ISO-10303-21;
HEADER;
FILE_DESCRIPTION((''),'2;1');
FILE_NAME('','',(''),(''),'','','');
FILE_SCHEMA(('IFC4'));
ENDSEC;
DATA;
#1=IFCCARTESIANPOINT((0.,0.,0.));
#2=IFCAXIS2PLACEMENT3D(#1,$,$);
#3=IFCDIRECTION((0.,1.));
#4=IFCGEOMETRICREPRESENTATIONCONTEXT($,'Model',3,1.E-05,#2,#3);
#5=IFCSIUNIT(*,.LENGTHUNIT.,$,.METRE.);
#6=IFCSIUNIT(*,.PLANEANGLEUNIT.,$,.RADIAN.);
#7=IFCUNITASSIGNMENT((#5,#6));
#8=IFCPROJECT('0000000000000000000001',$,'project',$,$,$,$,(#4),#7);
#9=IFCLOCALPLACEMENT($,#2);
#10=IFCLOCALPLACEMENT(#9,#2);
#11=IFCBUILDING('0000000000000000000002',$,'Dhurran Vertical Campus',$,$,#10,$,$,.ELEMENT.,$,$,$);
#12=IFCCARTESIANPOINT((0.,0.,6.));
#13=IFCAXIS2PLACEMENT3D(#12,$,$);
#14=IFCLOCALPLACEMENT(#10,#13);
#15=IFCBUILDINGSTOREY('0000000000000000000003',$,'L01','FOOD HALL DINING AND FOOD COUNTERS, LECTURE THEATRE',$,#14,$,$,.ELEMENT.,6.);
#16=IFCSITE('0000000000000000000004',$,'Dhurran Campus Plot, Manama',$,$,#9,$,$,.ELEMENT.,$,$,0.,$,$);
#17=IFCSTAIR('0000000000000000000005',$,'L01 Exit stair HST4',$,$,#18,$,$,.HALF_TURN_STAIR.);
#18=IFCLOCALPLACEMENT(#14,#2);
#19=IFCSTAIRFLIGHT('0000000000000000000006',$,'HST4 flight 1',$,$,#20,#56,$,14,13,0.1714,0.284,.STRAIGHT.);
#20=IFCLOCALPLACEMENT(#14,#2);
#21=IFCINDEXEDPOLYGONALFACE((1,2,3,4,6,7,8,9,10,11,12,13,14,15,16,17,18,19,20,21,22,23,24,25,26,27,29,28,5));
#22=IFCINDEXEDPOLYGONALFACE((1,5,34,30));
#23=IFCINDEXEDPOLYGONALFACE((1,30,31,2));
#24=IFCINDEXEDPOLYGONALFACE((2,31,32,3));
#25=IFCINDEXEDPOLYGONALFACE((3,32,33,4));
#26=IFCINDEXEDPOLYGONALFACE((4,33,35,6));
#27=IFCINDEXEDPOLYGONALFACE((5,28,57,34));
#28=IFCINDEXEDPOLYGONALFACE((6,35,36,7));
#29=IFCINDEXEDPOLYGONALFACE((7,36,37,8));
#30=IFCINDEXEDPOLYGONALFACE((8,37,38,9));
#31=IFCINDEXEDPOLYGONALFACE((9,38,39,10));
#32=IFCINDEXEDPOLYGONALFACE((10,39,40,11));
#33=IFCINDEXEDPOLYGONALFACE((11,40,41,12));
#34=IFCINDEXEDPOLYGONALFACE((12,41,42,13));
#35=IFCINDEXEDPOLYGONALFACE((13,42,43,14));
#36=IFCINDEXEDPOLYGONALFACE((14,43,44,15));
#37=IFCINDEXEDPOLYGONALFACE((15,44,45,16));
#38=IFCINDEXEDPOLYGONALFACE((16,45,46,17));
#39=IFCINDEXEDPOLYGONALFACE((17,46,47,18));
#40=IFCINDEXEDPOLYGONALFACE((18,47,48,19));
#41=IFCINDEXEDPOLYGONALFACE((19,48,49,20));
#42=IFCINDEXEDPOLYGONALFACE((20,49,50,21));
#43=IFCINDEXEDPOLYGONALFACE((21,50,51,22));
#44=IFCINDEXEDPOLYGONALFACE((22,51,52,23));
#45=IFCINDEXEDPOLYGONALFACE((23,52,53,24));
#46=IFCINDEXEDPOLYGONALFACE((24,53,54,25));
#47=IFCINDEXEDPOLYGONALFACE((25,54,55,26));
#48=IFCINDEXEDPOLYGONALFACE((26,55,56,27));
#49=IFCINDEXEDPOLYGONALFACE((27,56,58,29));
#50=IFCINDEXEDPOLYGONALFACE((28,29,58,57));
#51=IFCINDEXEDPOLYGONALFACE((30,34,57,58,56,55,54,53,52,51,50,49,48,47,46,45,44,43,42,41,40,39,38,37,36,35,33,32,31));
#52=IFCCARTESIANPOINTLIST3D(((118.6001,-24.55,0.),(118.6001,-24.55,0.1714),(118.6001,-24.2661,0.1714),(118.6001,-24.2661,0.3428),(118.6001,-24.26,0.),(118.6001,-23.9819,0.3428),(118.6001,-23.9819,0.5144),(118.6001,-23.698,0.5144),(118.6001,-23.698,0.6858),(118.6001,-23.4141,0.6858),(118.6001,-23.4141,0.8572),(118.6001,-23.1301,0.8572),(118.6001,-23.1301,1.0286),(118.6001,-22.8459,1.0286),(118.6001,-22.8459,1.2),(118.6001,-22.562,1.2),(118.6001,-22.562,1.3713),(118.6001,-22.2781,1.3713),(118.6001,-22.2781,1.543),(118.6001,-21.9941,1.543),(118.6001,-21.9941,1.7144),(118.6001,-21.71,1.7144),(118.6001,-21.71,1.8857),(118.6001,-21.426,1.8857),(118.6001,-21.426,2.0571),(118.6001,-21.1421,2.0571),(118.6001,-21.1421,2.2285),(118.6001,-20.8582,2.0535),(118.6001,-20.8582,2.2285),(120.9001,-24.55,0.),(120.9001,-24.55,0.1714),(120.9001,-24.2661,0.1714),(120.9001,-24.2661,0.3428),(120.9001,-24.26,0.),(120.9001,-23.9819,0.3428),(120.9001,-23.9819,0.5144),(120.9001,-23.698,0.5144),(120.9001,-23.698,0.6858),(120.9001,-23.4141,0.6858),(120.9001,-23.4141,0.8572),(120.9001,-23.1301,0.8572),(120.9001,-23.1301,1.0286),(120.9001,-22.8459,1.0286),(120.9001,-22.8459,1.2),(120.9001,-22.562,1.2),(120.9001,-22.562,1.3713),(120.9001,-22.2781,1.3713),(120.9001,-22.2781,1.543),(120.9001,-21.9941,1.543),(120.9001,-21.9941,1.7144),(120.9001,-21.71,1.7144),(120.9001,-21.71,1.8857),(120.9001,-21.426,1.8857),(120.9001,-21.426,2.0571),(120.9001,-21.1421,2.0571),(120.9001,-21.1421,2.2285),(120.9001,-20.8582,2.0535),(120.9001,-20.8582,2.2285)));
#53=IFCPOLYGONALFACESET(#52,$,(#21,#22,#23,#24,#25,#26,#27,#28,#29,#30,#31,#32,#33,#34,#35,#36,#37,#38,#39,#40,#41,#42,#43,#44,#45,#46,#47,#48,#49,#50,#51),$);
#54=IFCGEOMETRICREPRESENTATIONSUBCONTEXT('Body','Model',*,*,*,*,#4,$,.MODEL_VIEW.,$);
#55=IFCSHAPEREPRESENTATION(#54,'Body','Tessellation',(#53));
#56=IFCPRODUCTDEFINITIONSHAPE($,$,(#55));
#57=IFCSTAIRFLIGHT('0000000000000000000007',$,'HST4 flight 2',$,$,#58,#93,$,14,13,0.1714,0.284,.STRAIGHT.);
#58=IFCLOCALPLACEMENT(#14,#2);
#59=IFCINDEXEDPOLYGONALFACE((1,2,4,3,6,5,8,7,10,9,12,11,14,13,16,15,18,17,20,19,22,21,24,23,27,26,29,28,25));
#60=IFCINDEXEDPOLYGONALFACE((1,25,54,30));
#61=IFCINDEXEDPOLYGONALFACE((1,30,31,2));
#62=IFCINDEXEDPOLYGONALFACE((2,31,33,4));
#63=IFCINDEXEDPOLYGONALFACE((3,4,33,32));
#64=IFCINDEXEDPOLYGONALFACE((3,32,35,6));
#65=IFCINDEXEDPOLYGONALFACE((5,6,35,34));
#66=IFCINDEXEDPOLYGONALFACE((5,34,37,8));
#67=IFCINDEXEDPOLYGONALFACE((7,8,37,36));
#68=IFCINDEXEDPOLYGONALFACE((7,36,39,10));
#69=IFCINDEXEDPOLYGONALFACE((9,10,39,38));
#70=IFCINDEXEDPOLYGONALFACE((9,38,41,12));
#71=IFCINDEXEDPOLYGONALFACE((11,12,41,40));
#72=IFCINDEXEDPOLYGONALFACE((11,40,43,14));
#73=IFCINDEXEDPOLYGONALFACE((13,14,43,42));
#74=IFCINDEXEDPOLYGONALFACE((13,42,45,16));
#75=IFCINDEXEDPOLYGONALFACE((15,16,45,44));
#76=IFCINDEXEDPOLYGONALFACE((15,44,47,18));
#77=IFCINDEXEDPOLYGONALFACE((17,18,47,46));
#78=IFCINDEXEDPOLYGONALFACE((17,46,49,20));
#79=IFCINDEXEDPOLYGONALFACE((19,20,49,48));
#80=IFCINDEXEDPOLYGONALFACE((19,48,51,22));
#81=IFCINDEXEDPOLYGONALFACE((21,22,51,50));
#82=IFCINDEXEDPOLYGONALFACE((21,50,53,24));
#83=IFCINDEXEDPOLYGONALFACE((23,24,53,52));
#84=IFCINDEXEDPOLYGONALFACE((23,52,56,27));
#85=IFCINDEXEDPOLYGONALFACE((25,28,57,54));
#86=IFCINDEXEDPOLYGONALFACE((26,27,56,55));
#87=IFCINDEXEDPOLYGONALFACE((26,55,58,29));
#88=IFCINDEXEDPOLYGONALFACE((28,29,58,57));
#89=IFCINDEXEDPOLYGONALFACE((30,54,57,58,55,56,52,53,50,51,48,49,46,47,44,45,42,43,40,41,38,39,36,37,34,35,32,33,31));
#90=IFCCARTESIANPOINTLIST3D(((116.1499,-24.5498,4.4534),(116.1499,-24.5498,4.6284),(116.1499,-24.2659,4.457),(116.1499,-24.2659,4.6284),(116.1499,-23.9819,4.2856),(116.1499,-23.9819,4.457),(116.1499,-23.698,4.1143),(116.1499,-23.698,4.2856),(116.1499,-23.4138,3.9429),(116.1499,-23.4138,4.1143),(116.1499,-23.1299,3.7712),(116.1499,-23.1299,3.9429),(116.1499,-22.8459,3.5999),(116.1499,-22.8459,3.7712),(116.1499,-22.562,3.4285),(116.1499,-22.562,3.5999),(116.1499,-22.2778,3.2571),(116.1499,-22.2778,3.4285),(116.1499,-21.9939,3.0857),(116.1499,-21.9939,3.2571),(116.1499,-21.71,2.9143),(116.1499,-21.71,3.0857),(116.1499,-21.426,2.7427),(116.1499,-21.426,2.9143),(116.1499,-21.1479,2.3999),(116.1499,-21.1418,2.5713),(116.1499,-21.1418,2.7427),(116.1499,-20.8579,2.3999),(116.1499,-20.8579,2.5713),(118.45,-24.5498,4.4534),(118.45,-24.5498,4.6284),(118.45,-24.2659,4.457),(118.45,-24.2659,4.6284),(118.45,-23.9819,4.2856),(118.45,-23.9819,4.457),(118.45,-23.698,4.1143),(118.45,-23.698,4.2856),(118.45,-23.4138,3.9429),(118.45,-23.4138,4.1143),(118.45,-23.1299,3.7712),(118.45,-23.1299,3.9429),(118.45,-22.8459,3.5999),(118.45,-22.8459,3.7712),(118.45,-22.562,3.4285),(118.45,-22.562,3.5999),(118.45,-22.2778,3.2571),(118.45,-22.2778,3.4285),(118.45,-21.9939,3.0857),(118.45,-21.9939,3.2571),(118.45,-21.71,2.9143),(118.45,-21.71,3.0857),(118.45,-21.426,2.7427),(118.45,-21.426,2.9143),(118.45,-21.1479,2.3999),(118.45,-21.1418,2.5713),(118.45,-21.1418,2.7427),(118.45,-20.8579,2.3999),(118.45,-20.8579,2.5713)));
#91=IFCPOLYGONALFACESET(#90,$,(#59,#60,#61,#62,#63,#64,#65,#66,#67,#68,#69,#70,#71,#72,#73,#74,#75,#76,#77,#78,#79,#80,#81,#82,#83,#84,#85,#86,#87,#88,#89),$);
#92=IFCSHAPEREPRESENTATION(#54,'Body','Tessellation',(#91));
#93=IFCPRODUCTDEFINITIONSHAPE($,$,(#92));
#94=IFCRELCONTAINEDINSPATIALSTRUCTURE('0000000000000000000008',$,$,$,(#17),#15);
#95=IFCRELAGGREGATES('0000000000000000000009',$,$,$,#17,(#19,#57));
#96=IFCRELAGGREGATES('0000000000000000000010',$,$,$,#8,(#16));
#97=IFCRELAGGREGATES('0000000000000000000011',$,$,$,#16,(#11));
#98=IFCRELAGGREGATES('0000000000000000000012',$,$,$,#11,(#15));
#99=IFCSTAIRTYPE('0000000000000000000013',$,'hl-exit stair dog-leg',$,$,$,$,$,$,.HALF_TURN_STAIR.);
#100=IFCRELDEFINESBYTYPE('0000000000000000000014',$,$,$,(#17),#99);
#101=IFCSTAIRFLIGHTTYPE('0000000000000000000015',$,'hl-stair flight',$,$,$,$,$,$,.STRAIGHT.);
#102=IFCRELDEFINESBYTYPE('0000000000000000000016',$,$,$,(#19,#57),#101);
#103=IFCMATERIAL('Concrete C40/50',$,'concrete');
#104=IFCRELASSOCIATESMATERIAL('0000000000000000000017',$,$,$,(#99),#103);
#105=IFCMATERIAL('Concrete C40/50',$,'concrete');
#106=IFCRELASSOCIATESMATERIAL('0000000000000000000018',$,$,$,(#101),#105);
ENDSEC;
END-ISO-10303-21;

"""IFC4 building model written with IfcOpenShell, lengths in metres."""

from ifc_helpers import new_model, si_unit, direction, frame, origin, place, context, subcontext, project, spatial, polyline, outline, extrude, material, type_object, element, aggregate, save


model = new_model("IFC4")

# Units and contexts
model_context = context("Model", 3, precision=1e-05, world=origin(), true_north=direction((0.0, 1.0)))
body_context = subcontext(model_context, "Body", "Model", "MODEL_VIEW")
ifc_project = project(units=[si_unit("LENGTHUNIT", "METRE"), si_unit("PLANEANGLEUNIT", "RADIAN")], contexts=[model_context])

# Site, building, storey
site_placement = place(None, origin())
site = spatial("IfcSite", under=ifc_project, at=site_placement, Name="Dhurran Campus Plot, Manama", CompositionType="ELEMENT", RefElevation=0.0)
building_placement = place(site_placement, origin())
building = spatial("IfcBuilding", under=site, at=building_placement, Name="Dhurran Vertical Campus", CompositionType="ELEMENT")
storey_placement = place(building_placement, frame((0.0, 0.0, 6.0)))
storey = spatial("IfcBuildingStorey", under=building, at=storey_placement, Name="L01", Description="FOOD HALL DINING AND FOOD COUNTERS, LECTURE THEATRE", CompositionType="ELEMENT", Elevation=6.0)

# Stair, stair flights
ifc_material_1 = material(Name="Concrete C40/50", Category="concrete")
stair_type = type_object("IfcStairType", Name="hl-exit stair dog-leg", PredefinedType="HALF_TURN_STAIR", material=ifc_material_1)
stair_placement = place(storey_placement, origin())
stair = element("IfcStair", 1, at=stair_placement, inside=storey, type_object=stair_type, Name="L01 Exit stair HST4", PredefinedType="HALF_TURN_STAIR")
ifc_material_2 = material(Name="Concrete C40/50", Category="concrete")
stair_flight_type = type_object("IfcStairFlightType", Name="hl-stair flight", PredefinedType="STRAIGHT", material=ifc_material_2)
stair_flight_1_placement = place(storey_placement, frame((119.75, -24.55, 0.0), z_axis=(0.0, 0.0, 1.0), x_axis=(0.0, 1.0, 0.0)))
stair_flight_1 = element("IfcStairFlight", 2, at=stair_flight_1_placement, type_object=stair_flight_type, Name="HST4 flight 1", NumberOfRisers=14, NumberOfTreads=13, PredefinedType="STRAIGHT", RiserHeight=0.1714, TreadLength=0.284, context=body_context, shape_type="SweptSolid", body=[
    extrude(outline(polyline([(0.0, 0.0), (0.0, 0.1714), (0.2839, 0.1714), (0.2839, 0.3428), (0.5681, 0.3428), (0.5681, 0.5144), (0.8521, 0.5144), (0.8521, 0.6858), (1.136, 0.6858), (1.136, 0.8572), (1.4199, 0.8572), (1.4199, 1.0286), (1.7041, 1.0286), (1.7041, 1.2), (1.988, 1.2), (1.988, 1.3713), (2.272, 1.3713), (2.272, 1.543), (2.5559, 1.543), (2.5559, 1.7144), (2.8401, 1.7144), (2.8401, 1.8857), (3.124, 1.8857), (3.124, 2.0571), (3.408, 2.0571), (3.408, 2.2285), (3.6919, 2.2285), (3.6919, 2.3999), (3.6919, 2.0535), (0.29, 0.0), (0.0, 0.0)])), frame((0.0, 1.1499, 0.0), z_axis=(0.0, -1.0, 0.0), x_axis=(1.0, 0.0, 0.0)), (0.0, 0.0, 1.0), 2.3),
])
stair_flight_2_placement = place(storey_placement, frame((117.3, -20.8579, 2.3999), z_axis=(0.0, 0.0, 1.0), x_axis=(0.0, -1.0, 0.0)))
stair_flight_2 = element("IfcStairFlight", 3, at=stair_flight_2_placement, type_object=stair_flight_type, Name="HST4 flight 2", NumberOfRisers=14, NumberOfTreads=13, PredefinedType="STRAIGHT", RiserHeight=0.1714, TreadLength=0.284, context=body_context, shape_type="SweptSolid", body=[
    extrude(outline(polyline([(0.0, 0.0), (0.0, 0.1714), (0.2839, 0.1714), (0.2839, 0.3428), (0.5681, 0.3428), (0.5681, 0.5144), (0.8521, 0.5144), (0.8521, 0.6858), (1.136, 0.6858), (1.136, 0.8572), (1.4199, 0.8572), (1.4199, 1.0286), (1.7041, 1.0286), (1.7041, 1.2), (1.988, 1.2), (1.988, 1.3713), (2.272, 1.3713), (2.272, 1.543), (2.5559, 1.543), (2.5559, 1.7144), (2.8401, 1.7144), (2.8401, 1.8857), (3.124, 1.8857), (3.124, 2.0571), (3.408, 2.0571), (3.408, 2.2285), (3.6919, 2.2285), (3.6919, 2.3999), (3.6919, 2.0535), (0.29, 0.0), (0.0, 0.0)])), frame((0.0, 1.1499, 0.0), z_axis=(0.0, -1.0, 0.0), x_axis=(1.0, 0.0, 0.0)), (0.0, 0.0, 1.0), 2.3),
])
aggregate(stair, [stair_flight_1, stair_flight_2])

save(model, "model.ifc")
